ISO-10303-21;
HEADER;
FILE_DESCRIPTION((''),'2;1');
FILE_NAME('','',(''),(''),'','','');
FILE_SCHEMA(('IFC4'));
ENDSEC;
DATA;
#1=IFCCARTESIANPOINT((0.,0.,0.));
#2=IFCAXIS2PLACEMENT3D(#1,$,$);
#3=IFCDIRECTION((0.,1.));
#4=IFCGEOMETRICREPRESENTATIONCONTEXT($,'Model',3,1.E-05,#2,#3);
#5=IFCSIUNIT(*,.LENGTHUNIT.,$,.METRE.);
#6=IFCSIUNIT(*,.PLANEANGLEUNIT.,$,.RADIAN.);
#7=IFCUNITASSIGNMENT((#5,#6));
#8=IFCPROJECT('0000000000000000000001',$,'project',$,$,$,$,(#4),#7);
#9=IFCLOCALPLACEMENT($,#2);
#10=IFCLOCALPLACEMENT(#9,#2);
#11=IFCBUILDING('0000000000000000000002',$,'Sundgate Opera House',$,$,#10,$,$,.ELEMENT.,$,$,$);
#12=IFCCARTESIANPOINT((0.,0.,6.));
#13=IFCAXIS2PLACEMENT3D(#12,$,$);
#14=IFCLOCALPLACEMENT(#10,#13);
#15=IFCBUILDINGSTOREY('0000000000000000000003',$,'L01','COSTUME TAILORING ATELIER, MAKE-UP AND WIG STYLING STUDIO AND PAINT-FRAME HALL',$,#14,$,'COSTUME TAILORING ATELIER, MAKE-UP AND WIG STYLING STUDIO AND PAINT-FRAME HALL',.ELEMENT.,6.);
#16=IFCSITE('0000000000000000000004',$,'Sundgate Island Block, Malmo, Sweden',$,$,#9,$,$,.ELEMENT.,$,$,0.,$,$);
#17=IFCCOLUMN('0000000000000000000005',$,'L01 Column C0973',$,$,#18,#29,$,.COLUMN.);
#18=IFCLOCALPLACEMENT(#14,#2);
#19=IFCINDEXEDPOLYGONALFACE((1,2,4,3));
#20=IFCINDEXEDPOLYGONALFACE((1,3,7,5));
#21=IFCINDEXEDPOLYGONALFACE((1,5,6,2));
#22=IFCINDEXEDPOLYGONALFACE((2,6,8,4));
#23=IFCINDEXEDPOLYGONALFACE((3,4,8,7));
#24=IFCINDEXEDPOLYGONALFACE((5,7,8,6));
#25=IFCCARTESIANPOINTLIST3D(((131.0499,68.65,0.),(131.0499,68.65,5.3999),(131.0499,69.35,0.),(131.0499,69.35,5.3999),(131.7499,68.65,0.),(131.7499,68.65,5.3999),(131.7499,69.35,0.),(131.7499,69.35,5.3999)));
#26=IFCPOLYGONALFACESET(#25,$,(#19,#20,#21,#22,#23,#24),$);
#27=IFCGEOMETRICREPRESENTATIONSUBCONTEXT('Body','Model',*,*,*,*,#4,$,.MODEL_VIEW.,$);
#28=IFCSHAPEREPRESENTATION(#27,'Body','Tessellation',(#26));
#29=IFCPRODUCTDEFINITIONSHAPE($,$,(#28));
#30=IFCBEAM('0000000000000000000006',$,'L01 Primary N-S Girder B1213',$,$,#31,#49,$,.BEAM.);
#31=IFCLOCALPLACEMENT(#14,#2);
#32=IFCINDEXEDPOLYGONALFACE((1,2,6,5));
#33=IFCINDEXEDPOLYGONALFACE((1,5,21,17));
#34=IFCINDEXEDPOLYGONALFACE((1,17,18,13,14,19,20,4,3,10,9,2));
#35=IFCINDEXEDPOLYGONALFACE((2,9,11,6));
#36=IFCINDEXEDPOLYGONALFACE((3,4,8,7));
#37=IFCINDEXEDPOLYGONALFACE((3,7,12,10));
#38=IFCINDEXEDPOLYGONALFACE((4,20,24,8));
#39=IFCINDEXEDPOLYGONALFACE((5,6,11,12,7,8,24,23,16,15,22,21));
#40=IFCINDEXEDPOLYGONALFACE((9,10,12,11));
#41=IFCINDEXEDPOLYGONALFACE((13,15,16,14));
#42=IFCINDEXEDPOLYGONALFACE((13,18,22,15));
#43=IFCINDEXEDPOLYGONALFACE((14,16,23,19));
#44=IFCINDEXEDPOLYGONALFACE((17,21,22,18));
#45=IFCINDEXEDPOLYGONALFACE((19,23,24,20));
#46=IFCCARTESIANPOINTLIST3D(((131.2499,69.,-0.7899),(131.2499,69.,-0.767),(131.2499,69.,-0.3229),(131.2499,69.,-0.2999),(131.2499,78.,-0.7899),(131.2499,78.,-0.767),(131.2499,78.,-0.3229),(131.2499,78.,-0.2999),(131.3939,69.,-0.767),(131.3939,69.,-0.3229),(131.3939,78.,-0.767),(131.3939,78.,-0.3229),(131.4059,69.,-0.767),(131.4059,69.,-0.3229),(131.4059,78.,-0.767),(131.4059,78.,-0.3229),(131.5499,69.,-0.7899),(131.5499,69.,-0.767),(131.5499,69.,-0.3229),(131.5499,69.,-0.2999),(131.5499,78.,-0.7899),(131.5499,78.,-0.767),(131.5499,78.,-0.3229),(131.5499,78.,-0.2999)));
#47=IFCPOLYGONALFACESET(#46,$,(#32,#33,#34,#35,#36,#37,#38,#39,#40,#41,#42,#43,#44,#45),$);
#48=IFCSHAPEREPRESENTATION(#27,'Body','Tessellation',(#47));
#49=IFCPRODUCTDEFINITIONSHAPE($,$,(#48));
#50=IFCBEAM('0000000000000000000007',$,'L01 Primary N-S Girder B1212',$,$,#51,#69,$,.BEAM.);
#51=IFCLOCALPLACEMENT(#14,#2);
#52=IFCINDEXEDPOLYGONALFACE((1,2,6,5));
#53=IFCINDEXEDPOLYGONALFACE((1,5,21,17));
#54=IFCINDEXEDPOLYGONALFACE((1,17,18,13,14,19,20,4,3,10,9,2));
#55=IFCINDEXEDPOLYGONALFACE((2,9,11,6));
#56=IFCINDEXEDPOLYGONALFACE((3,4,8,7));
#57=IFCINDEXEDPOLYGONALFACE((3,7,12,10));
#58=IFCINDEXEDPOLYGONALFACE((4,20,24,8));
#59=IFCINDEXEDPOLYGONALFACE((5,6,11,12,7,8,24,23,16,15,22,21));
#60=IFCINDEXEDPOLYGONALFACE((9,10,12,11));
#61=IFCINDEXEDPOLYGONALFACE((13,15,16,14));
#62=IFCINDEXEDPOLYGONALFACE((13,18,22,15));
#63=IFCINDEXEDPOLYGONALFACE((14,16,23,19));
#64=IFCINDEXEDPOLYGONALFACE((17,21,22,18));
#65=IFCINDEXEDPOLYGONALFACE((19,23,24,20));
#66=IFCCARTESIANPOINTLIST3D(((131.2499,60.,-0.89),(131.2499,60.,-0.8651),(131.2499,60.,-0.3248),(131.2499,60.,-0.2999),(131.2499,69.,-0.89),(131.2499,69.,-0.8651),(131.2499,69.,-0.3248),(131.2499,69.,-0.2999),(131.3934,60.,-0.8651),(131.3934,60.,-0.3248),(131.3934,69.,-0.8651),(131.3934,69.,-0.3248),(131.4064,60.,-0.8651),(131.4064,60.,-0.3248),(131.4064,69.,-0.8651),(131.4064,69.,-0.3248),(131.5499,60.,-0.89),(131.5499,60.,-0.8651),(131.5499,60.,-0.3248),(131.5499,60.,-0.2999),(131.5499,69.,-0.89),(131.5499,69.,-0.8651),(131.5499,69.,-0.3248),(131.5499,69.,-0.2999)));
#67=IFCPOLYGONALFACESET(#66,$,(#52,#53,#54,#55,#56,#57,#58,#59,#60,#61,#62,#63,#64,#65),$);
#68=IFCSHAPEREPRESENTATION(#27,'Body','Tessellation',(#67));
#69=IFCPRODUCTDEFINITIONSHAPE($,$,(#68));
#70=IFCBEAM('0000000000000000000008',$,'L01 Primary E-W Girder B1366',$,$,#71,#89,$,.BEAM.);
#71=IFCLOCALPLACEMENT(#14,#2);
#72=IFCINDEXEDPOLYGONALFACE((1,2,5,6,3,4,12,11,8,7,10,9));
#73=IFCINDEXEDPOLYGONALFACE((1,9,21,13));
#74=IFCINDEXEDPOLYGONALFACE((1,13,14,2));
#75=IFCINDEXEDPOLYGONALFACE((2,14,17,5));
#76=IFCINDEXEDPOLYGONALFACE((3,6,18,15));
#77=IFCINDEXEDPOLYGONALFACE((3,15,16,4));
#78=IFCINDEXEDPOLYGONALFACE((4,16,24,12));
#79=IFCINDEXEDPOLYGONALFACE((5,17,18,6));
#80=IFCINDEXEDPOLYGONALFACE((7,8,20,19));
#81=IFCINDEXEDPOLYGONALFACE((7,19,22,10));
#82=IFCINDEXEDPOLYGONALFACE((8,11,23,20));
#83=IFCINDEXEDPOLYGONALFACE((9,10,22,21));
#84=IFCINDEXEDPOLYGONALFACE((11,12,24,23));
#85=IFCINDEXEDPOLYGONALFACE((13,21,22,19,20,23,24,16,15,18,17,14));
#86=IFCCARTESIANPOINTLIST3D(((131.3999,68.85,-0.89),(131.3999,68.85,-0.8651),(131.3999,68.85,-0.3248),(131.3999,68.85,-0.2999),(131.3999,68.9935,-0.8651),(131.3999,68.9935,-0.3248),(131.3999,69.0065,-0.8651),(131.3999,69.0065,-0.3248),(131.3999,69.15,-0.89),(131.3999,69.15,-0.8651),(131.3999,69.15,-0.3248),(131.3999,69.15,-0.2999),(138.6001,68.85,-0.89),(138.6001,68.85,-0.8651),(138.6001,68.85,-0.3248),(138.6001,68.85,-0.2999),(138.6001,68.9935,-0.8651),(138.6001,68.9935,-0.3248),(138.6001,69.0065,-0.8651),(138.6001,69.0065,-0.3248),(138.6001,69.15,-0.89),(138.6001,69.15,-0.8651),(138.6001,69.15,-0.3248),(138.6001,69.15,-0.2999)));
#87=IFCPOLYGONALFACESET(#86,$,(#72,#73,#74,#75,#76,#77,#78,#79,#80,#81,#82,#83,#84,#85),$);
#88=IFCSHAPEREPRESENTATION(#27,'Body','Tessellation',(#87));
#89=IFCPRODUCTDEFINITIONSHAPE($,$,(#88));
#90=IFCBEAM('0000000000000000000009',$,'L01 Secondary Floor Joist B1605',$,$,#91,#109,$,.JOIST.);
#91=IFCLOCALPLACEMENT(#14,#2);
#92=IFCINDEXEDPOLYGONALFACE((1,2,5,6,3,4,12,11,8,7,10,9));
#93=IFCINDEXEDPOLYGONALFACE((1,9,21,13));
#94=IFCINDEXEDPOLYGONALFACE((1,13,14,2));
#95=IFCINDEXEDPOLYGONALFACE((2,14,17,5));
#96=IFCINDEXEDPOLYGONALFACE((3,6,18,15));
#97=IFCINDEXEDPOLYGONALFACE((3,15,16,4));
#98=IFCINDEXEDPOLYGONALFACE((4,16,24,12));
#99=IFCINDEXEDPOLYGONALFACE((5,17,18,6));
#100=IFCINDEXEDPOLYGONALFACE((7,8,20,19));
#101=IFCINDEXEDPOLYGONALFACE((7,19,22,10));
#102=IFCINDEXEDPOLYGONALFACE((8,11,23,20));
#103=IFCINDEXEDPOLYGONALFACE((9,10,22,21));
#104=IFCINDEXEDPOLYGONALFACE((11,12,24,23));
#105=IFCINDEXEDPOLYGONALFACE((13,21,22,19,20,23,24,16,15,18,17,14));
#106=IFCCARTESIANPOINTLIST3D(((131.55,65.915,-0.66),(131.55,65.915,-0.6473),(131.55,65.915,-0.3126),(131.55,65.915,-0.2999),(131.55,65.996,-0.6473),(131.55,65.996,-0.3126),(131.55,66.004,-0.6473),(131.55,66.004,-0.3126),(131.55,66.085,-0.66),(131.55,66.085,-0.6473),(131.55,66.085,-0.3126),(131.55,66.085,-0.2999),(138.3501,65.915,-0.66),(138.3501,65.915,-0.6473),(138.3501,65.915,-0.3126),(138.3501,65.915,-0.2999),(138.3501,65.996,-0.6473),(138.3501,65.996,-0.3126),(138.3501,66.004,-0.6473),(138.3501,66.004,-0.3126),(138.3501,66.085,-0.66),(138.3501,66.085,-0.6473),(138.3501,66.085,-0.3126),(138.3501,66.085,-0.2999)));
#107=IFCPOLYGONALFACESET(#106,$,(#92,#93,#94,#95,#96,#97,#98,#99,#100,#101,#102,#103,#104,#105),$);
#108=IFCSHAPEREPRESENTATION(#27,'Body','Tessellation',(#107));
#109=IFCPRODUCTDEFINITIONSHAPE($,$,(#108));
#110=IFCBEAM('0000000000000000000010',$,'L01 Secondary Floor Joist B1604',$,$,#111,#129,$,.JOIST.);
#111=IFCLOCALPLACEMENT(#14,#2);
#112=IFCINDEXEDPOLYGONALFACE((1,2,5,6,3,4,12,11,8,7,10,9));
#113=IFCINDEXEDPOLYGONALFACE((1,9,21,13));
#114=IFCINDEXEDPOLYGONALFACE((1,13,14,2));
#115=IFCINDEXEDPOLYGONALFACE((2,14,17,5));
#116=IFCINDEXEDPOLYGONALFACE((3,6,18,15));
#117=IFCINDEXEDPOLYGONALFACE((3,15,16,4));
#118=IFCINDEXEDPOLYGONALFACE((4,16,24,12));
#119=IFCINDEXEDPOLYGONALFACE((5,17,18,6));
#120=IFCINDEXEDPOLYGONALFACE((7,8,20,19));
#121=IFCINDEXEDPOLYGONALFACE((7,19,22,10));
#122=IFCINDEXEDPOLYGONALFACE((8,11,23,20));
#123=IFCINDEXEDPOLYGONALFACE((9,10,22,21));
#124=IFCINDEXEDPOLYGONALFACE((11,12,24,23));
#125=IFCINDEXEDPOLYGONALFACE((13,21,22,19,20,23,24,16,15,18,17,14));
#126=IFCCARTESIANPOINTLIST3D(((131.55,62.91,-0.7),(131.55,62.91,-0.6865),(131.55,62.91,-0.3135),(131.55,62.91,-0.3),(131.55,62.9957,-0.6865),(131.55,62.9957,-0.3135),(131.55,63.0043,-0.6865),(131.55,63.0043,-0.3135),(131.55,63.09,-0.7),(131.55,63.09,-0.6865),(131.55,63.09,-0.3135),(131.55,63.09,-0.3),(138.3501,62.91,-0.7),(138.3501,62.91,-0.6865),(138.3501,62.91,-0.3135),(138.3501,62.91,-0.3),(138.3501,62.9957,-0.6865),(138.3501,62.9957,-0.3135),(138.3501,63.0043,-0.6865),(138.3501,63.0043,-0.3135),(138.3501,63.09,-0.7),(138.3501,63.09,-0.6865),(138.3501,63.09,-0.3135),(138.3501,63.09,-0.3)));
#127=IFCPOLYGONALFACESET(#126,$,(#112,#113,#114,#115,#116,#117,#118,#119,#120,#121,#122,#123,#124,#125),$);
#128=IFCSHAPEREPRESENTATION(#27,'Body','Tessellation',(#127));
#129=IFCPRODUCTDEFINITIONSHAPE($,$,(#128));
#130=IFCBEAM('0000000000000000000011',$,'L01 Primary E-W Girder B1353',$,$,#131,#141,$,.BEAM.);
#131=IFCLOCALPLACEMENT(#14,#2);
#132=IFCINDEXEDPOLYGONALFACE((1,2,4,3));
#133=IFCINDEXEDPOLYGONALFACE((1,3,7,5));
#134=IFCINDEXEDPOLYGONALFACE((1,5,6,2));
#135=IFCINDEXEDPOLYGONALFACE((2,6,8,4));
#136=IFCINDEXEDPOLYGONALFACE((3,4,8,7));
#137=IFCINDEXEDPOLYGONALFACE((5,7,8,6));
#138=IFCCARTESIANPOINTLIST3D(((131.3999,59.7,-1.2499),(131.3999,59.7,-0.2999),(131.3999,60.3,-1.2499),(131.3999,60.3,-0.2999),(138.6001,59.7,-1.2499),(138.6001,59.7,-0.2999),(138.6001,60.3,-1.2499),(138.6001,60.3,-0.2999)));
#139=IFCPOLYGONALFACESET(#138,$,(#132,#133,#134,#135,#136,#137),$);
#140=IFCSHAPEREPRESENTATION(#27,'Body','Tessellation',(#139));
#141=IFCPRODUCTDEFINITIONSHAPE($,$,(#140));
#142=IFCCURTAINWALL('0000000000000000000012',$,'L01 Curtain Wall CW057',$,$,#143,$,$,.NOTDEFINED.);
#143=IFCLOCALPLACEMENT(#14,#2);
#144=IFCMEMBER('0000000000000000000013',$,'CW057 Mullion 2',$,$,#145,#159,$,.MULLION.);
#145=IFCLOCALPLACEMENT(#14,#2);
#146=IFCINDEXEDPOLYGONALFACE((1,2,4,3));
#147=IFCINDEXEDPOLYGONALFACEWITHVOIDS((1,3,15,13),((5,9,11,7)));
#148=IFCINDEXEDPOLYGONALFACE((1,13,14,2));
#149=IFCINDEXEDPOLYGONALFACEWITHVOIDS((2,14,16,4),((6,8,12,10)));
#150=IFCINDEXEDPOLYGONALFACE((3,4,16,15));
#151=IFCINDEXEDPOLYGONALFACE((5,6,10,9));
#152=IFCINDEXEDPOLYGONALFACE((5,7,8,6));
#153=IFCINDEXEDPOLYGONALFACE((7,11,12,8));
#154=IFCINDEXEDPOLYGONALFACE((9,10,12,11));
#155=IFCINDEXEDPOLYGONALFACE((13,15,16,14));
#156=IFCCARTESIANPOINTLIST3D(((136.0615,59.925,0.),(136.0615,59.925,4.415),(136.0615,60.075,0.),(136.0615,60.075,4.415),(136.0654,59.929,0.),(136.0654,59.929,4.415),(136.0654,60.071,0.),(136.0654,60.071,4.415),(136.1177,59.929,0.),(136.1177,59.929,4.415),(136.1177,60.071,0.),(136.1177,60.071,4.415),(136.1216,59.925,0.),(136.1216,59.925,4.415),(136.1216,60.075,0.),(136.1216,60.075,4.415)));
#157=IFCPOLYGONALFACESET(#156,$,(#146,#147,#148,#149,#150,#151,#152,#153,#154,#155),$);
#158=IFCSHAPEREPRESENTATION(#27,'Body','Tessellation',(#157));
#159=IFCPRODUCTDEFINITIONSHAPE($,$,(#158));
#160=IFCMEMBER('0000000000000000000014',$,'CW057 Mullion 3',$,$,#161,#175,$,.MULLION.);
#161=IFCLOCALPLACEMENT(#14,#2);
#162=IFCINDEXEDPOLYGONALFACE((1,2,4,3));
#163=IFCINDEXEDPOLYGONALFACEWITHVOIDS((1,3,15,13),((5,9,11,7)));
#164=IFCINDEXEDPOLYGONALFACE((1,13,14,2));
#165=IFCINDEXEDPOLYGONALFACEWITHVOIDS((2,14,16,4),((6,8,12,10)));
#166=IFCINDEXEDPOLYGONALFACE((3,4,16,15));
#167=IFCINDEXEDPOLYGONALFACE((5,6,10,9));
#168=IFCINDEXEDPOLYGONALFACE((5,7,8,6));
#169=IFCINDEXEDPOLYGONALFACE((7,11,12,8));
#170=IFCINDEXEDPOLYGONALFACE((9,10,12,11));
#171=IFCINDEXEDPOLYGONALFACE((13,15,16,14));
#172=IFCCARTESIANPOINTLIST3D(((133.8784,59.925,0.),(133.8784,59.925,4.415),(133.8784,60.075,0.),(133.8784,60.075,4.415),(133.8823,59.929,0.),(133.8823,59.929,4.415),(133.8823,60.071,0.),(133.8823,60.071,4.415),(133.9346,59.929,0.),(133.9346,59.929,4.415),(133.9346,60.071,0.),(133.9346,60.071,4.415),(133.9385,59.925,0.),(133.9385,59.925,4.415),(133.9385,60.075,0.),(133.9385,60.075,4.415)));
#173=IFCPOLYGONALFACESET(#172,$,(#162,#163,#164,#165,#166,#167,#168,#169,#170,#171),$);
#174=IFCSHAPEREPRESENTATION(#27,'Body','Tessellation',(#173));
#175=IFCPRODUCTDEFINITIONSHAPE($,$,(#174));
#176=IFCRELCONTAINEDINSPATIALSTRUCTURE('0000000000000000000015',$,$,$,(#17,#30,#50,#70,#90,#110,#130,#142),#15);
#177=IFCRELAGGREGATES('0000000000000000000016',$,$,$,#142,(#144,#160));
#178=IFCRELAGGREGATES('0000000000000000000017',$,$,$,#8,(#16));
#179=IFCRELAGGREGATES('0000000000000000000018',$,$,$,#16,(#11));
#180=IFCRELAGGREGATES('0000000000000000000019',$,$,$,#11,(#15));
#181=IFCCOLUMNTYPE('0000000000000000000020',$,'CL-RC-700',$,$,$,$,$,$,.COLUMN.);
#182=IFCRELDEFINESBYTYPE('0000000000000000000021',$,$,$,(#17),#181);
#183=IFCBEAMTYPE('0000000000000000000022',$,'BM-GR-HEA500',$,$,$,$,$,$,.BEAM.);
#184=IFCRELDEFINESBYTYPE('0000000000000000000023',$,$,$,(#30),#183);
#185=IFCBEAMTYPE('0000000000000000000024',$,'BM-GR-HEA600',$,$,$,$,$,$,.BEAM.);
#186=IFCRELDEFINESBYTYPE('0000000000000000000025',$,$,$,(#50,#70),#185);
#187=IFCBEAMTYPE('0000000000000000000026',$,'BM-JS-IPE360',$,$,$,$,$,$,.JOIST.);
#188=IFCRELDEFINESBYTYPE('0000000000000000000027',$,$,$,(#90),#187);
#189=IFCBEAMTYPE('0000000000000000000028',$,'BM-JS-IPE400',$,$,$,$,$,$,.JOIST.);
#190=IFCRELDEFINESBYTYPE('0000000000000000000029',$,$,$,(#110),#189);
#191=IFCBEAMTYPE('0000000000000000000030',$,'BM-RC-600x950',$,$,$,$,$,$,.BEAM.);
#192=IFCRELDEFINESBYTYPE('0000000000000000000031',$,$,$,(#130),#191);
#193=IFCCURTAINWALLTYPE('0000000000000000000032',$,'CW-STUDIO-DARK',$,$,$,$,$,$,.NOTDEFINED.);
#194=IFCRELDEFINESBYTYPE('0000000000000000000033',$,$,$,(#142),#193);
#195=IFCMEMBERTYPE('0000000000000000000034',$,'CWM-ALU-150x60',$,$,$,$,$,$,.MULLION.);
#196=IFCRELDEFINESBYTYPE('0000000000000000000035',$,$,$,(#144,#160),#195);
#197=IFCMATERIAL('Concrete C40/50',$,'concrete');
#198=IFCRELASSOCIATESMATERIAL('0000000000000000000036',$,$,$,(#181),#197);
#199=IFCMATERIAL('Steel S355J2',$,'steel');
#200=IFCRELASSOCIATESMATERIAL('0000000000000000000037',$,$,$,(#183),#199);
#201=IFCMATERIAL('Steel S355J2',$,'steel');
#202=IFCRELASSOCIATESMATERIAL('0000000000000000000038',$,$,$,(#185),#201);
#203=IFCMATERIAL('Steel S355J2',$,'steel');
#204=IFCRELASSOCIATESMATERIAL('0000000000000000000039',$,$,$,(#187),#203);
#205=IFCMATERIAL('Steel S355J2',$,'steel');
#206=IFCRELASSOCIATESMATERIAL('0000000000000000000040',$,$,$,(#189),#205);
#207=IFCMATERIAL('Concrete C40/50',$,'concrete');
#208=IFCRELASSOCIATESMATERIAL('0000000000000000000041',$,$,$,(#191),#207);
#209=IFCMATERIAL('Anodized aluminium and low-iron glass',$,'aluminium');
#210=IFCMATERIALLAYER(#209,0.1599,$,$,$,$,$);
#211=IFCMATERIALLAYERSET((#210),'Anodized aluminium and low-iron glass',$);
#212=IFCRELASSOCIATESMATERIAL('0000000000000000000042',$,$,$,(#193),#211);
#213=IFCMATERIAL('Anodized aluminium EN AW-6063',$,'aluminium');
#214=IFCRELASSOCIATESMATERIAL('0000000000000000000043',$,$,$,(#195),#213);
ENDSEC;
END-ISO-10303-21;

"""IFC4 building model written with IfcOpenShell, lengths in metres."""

from ifc_helpers import new_model, si_unit, direction, frame, origin, origin_2d, place, context, subcontext, project, spatial, rectangle, hollow_rectangle, i_section, extrude, material, layer, layer_set, material_profile, profile_set, type_object, element, aggregate, save


model = new_model("IFC4")

# Units and contexts
model_context = context("Model", 3, precision=1e-05, world=origin(), true_north=direction((0.0, 1.0)))
body_context = subcontext(model_context, "Body", "Model", "MODEL_VIEW")
ifc_project = project(units=[si_unit("LENGTHUNIT", "METRE"), si_unit("PLANEANGLEUNIT", "RADIAN")], contexts=[model_context])

# Site, building, storey
site_placement = place(None, origin())
site = spatial("IfcSite", under=ifc_project, at=site_placement, Name="Sundgate Island Block, Malmo, Sweden", CompositionType="ELEMENT", RefElevation=0.0)
building_placement = place(site_placement, origin())
building = spatial("IfcBuilding", under=site, at=building_placement, Name="Sundgate Opera House", CompositionType="ELEMENT")
storey_placement = place(building_placement, frame((0.0, 0.0, 6.0)))
storey = spatial("IfcBuildingStorey", under=building, at=storey_placement, Name="L01", Description="COSTUME TAILORING ATELIER, MAKE-UP AND WIG STYLING STUDIO AND PAINT-FRAME HALL", LongName="COSTUME TAILORING ATELIER, MAKE-UP AND WIG STYLING STUDIO AND PAINT-FRAME HALL", CompositionType="ELEMENT", Elevation=6.0)

# Column
ifc_material_1 = material(Name="Concrete C40/50", Category="concrete")
ifc_material_profile_1 = material_profile(ifc_material_1, rectangle(XDim=0.7, YDim=0.7, at=origin_2d()), Name="RC 700x700")
ifc_profile_set_1 = profile_set([ifc_material_profile_1], Name="Concrete C40/50")
column_type = type_object("IfcColumnType", Name="CL-RC-700", PredefinedType="COLUMN", material=ifc_profile_set_1)
column_placement = place(storey_placement, frame((131.3999, 69.0, 0.0), z_axis=(0.0, 0.0, 1.0), x_axis=(1.0, 0.0, 0.0)))
element("IfcColumn", 1, at=column_placement, inside=storey, type_object=column_type, Name="L01 Column C0973", PredefinedType="COLUMN", context=body_context, shape_type="SweptSolid", body=[
    extrude(rectangle(XDim=0.7, YDim=0.7, at=origin_2d()), origin(), (0.0, 0.0, 1.0), 5.3999),
])

# Beams
ifc_material_2 = material(Name="Steel S355J2", Category="steel")
ifc_material_profile_2 = material_profile(ifc_material_2, i_section(OverallWidth=0.3, OverallDepth=0.49, WebThickness=0.012, FlangeThickness=0.0229, at=origin_2d()), Name="HEA 500")
ifc_profile_set_2 = profile_set([ifc_material_profile_2], Name="Steel S355J2")
beam_type_1 = type_object("IfcBeamType", Name="BM-GR-HEA500", PredefinedType="BEAM", material=ifc_profile_set_2)
beam_1_placement = place(storey_placement, frame((131.3999, 69.0, -0.5449), z_axis=(0.0, 1.0, 0.0), x_axis=(-1.0, 0.0, 0.0)))
element("IfcBeam", 2, at=beam_1_placement, inside=storey, type_object=beam_type_1, Name="L01 Primary N-S Girder B1213", PredefinedType="BEAM", context=body_context, shape_type="SweptSolid", body=[
    extrude(i_section(OverallWidth=0.3, OverallDepth=0.49, WebThickness=0.012, FlangeThickness=0.0229, at=origin_2d()), origin(), (0.0, 0.0, 1.0), 9.0),
])
ifc_material_3 = material(Name="Steel S355J2", Category="steel")
ifc_material_profile_3 = material_profile(ifc_material_3, i_section(OverallWidth=0.3, OverallDepth=0.5901, WebThickness=0.0129, FlangeThickness=0.0249, at=origin_2d()), Name="HEA 600")
ifc_profile_set_3 = profile_set([ifc_material_profile_3], Name="Steel S355J2")
beam_type_2 = type_object("IfcBeamType", Name="BM-GR-HEA600", PredefinedType="BEAM", material=ifc_profile_set_3)
beam_2_placement = place(storey_placement, frame((131.3999, 60.0, -0.595), z_axis=(0.0, 1.0, 0.0), x_axis=(-1.0, 0.0, 0.0)))
element("IfcBeam", 3, at=beam_2_placement, inside=storey, type_object=beam_type_2, Name="L01 Primary N-S Girder B1212", PredefinedType="BEAM", context=body_context, shape_type="SweptSolid", body=[
    extrude(i_section(OverallWidth=0.3, OverallDepth=0.5901, WebThickness=0.0129, FlangeThickness=0.0249, at=origin_2d()), origin(), (0.0, 0.0, 1.0), 9.0),
])
beam_3_placement = place(storey_placement, frame((131.3999, 69.0, -0.595), z_axis=(1.0, 0.0, 0.0), x_axis=(0.0, 1.0, 0.0)))
element("IfcBeam", 4, at=beam_3_placement, inside=storey, type_object=beam_type_2, Name="L01 Primary E-W Girder B1366", PredefinedType="BEAM", context=body_context, shape_type="SweptSolid", body=[
    extrude(i_section(OverallWidth=0.3, OverallDepth=0.5901, WebThickness=0.0129, FlangeThickness=0.0249, at=origin_2d()), origin(), (0.0, 0.0, 1.0), 7.2002),
])
ifc_material_4 = material(Name="Steel S355J2", Category="steel")
ifc_material_profile_4 = material_profile(ifc_material_4, i_section(OverallWidth=0.1699, OverallDepth=0.3601, WebThickness=0.0081, FlangeThickness=0.0127, at=origin_2d()), Name="IPE 360")
ifc_profile_set_4 = profile_set([ifc_material_profile_4], Name="Steel S355J2")
beam_type_3 = type_object("IfcBeamType", Name="BM-JS-IPE360", PredefinedType="JOIST", material=ifc_profile_set_4)
beam_4_placement = place(storey_placement, frame((131.55, 66.0, -0.48), z_axis=(1.0, 0.0, 0.0), x_axis=(0.0, 1.0, 0.0)))
element("IfcBeam", 5, at=beam_4_placement, inside=storey, type_object=beam_type_3, Name="L01 Secondary Floor Joist B1605", PredefinedType="JOIST", context=body_context, shape_type="SweptSolid", body=[
    extrude(i_section(OverallWidth=0.1699, OverallDepth=0.3601, WebThickness=0.0081, FlangeThickness=0.0127, at=origin_2d()), origin(), (0.0, 0.0, 1.0), 6.8),
])
ifc_material_5 = material(Name="Steel S355J2", Category="steel")
ifc_material_profile_5 = material_profile(ifc_material_5, i_section(OverallWidth=0.1799, OverallDepth=0.3999, WebThickness=0.0085, FlangeThickness=0.0134, at=origin_2d()), Name="IPE 400")
ifc_profile_set_5 = profile_set([ifc_material_profile_5], Name="Steel S355J2")
beam_type_4 = type_object("IfcBeamType", Name="BM-JS-IPE400", PredefinedType="JOIST", material=ifc_profile_set_5)
beam_5_placement = place(storey_placement, frame((131.55, 63.0, -0.5), z_axis=(1.0, 0.0, 0.0), x_axis=(0.0, 1.0, 0.0)))
element("IfcBeam", 6, at=beam_5_placement, inside=storey, type_object=beam_type_4, Name="L01 Secondary Floor Joist B1604", PredefinedType="JOIST", context=body_context, shape_type="SweptSolid", body=[
    extrude(i_section(OverallWidth=0.1799, OverallDepth=0.3999, WebThickness=0.0085, FlangeThickness=0.0134, at=origin_2d()), origin(), (0.0, 0.0, 1.0), 6.8),
])
ifc_material_6 = material(Name="Concrete C40/50", Category="concrete")
ifc_material_profile_6 = material_profile(ifc_material_6, rectangle(XDim=0.6001, YDim=0.95, at=origin_2d()), Name="RC 600x950")
ifc_profile_set_6 = profile_set([ifc_material_profile_6], Name="Concrete C40/50")
beam_type_5 = type_object("IfcBeamType", Name="BM-RC-600x950", PredefinedType="BEAM", material=ifc_profile_set_6)
beam_6_placement = place(storey_placement, frame((131.3999, 60.0, -0.7749), z_axis=(1.0, 0.0, 0.0), x_axis=(0.0, 1.0, 0.0)))
element("IfcBeam", 7, at=beam_6_placement, inside=storey, type_object=beam_type_5, Name="L01 Primary E-W Girder B1353", PredefinedType="BEAM", context=body_context, shape_type="SweptSolid", body=[
    extrude(rectangle(XDim=0.6001, YDim=0.95, at=origin_2d()), origin(), (0.0, 0.0, 1.0), 7.2002),
])

# Curtain wall, members
ifc_material_7 = material(Name="Anodized aluminium and low-iron glass", Category="aluminium")
ifc_layer_1 = layer(ifc_material_7, 0.1599)
ifc_layer_set_1 = layer_set([ifc_layer_1], Name="Anodized aluminium and low-iron glass")
curtain_wall_type = type_object("IfcCurtainWallType", Name="CW-STUDIO-DARK", PredefinedType="NOTDEFINED", material=ifc_layer_set_1)
curtain_wall_placement = place(storey_placement, origin())
curtain_wall = element("IfcCurtainWall", 8, at=curtain_wall_placement, inside=storey, type_object=curtain_wall_type, Name="L01 Curtain Wall CW057", PredefinedType="NOTDEFINED")
ifc_material_8 = material(Name="Anodized aluminium EN AW-6063", Category="aluminium")
ifc_material_profile_7 = material_profile(ifc_material_8, hollow_rectangle(XDim=0.0601, YDim=0.1499, WallThickness=0.0039, at=origin_2d()), Name="CWM 150x60x4")
ifc_profile_set_7 = profile_set([ifc_material_profile_7], Name="Anodized aluminium EN AW-6063")
member_type_1 = type_object("IfcMemberType", Name="CWM-ALU-150x60", PredefinedType="MULLION", material=ifc_profile_set_7)
member_1_placement = place(storey_placement, frame((136.0916, 60.0, 0.0), z_axis=(0.0, 0.0, 1.0), x_axis=(1.0, 0.0, 0.0)))
member_1 = element("IfcMember", 9, at=member_1_placement, type_object=member_type_1, Name="CW057 Mullion 2", PredefinedType="MULLION", context=body_context, shape_type="SweptSolid", body=[
    extrude(hollow_rectangle(XDim=0.0601, YDim=0.1499, WallThickness=0.0039, at=origin_2d()), origin(), (0.0, 0.0, 1.0), 4.415),
])
member_2_placement = place(storey_placement, frame((133.9084, 60.0, 0.0), z_axis=(0.0, 0.0, 1.0), x_axis=(1.0, 0.0, 0.0)))
member_2 = element("IfcMember", 10, at=member_2_placement, type_object=member_type_1, Name="CW057 Mullion 3", PredefinedType="MULLION", context=body_context, shape_type="SweptSolid", body=[
    extrude(hollow_rectangle(XDim=0.0601, YDim=0.1499, WallThickness=0.0039, at=origin_2d()), origin(), (0.0, 0.0, 1.0), 4.415),
])
aggregate(curtain_wall, [member_1, member_2])

save(model, "model.ifc")
